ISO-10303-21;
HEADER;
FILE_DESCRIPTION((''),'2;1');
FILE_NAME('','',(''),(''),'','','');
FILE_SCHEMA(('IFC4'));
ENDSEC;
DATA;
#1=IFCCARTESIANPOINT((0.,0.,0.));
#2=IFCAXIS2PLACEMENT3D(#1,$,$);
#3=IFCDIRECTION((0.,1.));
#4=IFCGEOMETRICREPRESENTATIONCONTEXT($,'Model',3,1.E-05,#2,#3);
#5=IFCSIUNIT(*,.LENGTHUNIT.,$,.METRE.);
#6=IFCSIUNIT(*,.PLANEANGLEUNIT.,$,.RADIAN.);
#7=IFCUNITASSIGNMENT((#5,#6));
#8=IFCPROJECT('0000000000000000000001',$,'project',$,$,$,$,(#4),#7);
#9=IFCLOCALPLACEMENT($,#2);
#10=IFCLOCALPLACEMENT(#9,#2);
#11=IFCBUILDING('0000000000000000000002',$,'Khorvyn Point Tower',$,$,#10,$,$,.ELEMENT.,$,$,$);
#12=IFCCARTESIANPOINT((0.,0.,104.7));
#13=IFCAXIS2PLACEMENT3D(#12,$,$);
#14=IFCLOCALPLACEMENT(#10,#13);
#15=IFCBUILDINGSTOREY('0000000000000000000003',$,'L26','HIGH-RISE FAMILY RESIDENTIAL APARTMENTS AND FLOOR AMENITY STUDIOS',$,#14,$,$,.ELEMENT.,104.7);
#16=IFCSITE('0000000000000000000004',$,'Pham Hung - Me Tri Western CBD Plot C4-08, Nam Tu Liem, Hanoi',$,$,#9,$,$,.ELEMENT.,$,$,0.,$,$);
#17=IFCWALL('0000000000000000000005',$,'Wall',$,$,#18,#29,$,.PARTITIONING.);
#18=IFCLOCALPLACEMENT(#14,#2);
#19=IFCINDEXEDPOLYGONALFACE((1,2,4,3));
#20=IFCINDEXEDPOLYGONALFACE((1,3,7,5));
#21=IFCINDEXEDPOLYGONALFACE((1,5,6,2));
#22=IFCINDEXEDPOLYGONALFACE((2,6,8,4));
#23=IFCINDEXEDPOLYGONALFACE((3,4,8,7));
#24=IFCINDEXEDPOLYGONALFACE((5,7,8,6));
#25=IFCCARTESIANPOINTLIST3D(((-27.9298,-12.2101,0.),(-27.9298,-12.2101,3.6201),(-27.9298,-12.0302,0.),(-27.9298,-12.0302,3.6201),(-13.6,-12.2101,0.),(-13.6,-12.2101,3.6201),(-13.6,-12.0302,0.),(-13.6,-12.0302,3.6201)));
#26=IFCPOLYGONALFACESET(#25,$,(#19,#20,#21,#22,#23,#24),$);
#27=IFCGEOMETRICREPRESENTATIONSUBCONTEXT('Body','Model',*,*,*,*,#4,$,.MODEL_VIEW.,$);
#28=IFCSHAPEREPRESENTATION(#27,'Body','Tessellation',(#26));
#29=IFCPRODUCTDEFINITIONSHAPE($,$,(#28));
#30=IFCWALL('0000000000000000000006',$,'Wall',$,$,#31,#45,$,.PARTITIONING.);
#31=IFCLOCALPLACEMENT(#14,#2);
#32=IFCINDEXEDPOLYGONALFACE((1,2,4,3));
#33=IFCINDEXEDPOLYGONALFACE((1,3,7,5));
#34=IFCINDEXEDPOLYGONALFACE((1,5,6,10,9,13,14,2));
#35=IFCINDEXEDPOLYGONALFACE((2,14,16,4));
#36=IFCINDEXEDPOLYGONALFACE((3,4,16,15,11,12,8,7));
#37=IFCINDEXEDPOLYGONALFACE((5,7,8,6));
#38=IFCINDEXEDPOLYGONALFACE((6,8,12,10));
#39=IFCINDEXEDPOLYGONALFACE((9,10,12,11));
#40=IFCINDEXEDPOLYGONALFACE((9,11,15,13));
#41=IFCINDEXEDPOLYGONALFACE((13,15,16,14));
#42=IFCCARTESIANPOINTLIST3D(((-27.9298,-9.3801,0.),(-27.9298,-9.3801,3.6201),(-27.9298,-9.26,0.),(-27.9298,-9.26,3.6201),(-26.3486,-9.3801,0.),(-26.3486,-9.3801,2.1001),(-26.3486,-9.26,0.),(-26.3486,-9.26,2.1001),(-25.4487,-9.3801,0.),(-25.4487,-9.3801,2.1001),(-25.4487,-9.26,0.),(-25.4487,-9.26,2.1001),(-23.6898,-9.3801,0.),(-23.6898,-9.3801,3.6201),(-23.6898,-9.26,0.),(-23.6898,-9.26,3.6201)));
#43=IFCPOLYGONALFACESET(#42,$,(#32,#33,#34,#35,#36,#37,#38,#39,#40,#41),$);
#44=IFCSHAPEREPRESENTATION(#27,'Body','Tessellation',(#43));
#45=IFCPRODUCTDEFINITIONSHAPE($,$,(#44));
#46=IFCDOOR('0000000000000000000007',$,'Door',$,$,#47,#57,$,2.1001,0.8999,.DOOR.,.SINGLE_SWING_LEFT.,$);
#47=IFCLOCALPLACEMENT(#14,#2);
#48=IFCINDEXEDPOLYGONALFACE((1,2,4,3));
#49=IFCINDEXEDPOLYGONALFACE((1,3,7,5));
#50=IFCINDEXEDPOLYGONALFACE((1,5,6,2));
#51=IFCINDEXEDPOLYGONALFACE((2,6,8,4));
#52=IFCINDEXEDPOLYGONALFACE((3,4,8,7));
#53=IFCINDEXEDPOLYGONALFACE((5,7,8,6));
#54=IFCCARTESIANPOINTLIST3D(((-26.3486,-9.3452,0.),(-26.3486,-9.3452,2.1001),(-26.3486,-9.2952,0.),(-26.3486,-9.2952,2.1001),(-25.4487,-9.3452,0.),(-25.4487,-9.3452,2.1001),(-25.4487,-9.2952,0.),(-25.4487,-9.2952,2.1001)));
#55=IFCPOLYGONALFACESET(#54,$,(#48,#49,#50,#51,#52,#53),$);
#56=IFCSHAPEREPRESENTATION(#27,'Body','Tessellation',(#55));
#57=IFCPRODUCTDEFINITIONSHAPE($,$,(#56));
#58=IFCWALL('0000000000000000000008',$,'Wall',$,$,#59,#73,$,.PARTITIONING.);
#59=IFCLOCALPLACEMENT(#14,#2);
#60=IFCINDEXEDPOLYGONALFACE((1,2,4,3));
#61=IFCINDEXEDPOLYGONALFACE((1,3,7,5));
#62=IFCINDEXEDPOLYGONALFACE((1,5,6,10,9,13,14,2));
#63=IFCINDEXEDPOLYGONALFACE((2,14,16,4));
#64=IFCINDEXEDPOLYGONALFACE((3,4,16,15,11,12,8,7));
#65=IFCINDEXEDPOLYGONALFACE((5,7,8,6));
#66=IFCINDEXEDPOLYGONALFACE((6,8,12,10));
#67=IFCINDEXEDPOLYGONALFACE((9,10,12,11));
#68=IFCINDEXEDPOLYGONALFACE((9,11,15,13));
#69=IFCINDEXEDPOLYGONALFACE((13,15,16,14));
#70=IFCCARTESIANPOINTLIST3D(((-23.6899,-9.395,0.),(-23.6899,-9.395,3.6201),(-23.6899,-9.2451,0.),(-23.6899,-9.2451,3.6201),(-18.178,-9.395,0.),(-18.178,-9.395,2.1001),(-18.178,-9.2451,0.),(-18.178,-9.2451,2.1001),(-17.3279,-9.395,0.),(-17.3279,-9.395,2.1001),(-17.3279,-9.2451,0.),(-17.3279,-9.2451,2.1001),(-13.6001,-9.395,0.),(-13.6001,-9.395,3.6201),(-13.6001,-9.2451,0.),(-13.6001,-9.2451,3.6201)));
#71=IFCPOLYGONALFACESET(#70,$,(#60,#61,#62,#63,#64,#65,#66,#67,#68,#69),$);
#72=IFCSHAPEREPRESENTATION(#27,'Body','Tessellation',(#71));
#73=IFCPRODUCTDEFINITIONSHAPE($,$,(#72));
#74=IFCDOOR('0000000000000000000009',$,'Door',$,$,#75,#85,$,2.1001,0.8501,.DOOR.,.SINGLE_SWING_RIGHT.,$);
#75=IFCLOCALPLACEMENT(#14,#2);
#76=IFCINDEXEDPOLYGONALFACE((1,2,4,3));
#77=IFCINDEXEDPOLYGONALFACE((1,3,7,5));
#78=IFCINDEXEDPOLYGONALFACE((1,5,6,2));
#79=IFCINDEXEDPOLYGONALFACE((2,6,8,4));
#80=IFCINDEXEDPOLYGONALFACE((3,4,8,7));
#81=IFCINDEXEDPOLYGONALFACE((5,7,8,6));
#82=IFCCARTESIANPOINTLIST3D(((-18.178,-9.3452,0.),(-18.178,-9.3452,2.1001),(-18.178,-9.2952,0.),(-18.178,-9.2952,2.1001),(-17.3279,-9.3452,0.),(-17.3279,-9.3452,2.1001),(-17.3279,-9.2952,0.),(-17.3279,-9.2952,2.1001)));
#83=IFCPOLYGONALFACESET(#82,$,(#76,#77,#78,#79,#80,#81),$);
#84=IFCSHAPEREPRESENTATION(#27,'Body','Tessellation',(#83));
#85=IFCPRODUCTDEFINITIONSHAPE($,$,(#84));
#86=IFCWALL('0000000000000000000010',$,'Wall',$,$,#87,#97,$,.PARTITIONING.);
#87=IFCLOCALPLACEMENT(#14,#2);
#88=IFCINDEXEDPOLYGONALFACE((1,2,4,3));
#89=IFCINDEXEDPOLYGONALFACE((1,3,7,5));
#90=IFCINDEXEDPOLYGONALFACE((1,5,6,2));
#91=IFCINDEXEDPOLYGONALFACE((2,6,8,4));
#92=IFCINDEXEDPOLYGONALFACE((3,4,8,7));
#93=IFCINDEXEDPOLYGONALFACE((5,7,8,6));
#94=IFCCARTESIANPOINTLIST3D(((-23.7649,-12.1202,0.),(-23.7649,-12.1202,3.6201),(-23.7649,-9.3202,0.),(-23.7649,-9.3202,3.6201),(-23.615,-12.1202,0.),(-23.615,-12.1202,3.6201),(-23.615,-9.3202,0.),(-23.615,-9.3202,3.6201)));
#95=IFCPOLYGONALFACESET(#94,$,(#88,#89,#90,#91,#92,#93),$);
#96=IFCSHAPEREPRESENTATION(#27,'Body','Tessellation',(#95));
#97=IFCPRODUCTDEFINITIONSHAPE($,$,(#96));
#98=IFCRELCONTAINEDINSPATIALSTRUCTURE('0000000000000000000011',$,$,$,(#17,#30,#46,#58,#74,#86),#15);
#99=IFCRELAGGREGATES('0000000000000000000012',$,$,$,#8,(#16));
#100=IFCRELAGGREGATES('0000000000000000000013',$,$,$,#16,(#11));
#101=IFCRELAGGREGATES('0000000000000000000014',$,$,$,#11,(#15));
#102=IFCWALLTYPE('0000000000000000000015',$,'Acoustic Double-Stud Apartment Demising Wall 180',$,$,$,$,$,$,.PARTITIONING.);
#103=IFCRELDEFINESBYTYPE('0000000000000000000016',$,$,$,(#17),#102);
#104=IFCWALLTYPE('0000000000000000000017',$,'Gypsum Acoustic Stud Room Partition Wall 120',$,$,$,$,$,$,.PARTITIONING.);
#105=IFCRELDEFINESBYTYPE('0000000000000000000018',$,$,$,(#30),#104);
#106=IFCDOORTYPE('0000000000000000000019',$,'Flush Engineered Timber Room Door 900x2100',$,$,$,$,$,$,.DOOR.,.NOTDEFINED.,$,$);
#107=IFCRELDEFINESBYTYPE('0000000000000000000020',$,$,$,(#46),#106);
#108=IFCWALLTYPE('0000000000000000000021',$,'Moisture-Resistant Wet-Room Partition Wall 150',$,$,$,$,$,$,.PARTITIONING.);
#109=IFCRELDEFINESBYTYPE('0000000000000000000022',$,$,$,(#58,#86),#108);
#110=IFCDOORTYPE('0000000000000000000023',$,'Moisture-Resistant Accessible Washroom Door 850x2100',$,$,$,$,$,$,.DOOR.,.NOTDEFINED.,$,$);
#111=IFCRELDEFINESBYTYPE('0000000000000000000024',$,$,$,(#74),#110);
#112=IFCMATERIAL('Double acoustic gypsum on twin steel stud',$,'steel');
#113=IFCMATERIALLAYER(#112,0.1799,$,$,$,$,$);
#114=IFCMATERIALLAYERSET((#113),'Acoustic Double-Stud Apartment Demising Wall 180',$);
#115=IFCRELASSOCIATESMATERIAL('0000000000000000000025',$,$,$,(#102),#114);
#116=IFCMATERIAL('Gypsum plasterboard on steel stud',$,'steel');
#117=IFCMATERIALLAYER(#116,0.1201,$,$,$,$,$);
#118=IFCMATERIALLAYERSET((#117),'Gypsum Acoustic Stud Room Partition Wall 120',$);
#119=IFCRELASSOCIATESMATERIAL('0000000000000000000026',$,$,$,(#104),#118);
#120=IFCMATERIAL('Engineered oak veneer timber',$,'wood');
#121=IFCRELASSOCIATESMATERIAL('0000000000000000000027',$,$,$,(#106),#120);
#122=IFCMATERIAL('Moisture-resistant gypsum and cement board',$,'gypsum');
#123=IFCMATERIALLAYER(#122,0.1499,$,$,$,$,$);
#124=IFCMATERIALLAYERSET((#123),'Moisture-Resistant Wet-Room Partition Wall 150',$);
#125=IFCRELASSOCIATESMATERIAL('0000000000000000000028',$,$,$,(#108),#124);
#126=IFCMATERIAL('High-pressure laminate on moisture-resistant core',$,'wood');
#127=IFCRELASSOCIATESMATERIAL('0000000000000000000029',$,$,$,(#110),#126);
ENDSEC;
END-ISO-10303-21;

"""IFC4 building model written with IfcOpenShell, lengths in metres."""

from ifc_helpers import new_model, si_unit, direction, frame, frame_2d, origin, place, context, subcontext, project, spatial, rectangle, extrude, material, layer, layer_set, type_object, element, fill, save


model = new_model("IFC4")

# Units and contexts
model_context = context("Model", 3, precision=1e-05, world=origin(), true_north=direction((0.0, 1.0)))
body_context = subcontext(model_context, "Body", "Model", "MODEL_VIEW")
ifc_project = project(units=[si_unit("LENGTHUNIT", "METRE"), si_unit("PLANEANGLEUNIT", "RADIAN")], contexts=[model_context])

# Site, building, storey
site_placement = place(None, origin())
site = spatial("IfcSite", under=ifc_project, at=site_placement, Name="Pham Hung - Me Tri Western CBD Plot C4-08, Nam Tu Liem, Hanoi", CompositionType="ELEMENT", RefElevation=0.0)
building_placement = place(site_placement, origin())
building = spatial("IfcBuilding", under=site, at=building_placement, Name="Khorvyn Point Tower", CompositionType="ELEMENT")
storey_placement = place(building_placement, frame((0.0, 0.0, 104.7)))
storey = spatial("IfcBuildingStorey", under=building, at=storey_placement, Name="L26", Description="HIGH-RISE FAMILY RESIDENTIAL APARTMENTS AND FLOOR AMENITY STUDIOS", CompositionType="ELEMENT", Elevation=104.7)

# Wall
ifc_material_1 = material(Name="Double acoustic gypsum on twin steel stud", Category="steel")
ifc_layer_1 = layer(ifc_material_1, 0.1799)
ifc_layer_set_1 = layer_set([ifc_layer_1], Name="Acoustic Double-Stud Apartment Demising Wall 180")
wall_type_1 = type_object("IfcWallType", Name="Acoustic Double-Stud Apartment Demising Wall 180", PredefinedType="PARTITIONING", material=ifc_layer_set_1)
wall_1_placement = place(storey_placement, frame((-27.9299, -12.1201, 0.0), z_axis=(0.0, 0.0, 1.0), x_axis=(1.0, 0.0, 0.0)))
element("IfcWall", 1, at=wall_1_placement, inside=storey, type_object=wall_type_1, Name="Wall", PredefinedType="PARTITIONING", context=body_context, shape_type="SweptSolid", body=[
    extrude(rectangle(XDim=14.3298, YDim=0.1799, at=frame_2d((7.165, 0.0))), origin(), (0.0, 0.0, 1.0), 3.6201),
])

# Walls, openings, doors
ifc_material_2 = material(Name="Gypsum plasterboard on steel stud", Category="steel")
ifc_layer_2 = layer(ifc_material_2, 0.1201)
ifc_layer_set_2 = layer_set([ifc_layer_2], Name="Gypsum Acoustic Stud Room Partition Wall 120")
wall_type_2 = type_object("IfcWallType", Name="Gypsum Acoustic Stud Room Partition Wall 120", PredefinedType="PARTITIONING", material=ifc_layer_set_2)
wall_2_placement = place(storey_placement, frame((-27.9299, -9.3201, 0.0), z_axis=(0.0, 0.0, 1.0), x_axis=(1.0, 0.0, 0.0)))
wall_2 = element("IfcWall", 2, at=wall_2_placement, inside=storey, type_object=wall_type_2, Name="Wall", PredefinedType="PARTITIONING", context=body_context, shape_type="SweptSolid", body=[
    extrude(rectangle(XDim=4.24, YDim=0.1201, at=frame_2d((2.1201, 0.0))), origin(), (0.0, 0.0, 1.0), 3.6201),
])
opening_1_placement = place(wall_2_placement, frame((1.5813, 0.0, 0.0)))
opening_1 = element("IfcOpeningElement", 3, at=opening_1_placement, cuts=wall_2, PredefinedType="OPENING", context=body_context, shape_type="SweptSolid", body=[
    extrude(rectangle(XDim=0.8999, YDim=2.1001, at=frame_2d((0.45, 1.05))), frame((0.0, 0.0701, 0.0), z_axis=(0.0, -1.0, 0.0), x_axis=(1.0, 0.0, 0.0)), (0.0, 0.0, 1.0), 0.1401),
])
ifc_material_3 = material(Name="Engineered oak veneer timber", Category="wood")
door_type_1 = type_object("IfcDoorType", Name="Flush Engineered Timber Room Door 900x2100", OperationType="NOTDEFINED", PredefinedType="DOOR", material=ifc_material_3)
door_1_placement = place(opening_1_placement, origin())
door_1 = element("IfcDoor", 4, at=door_1_placement, inside=storey, type_object=door_type_1, Name="Door", OperationType="SINGLE_SWING_LEFT", OverallHeight=2.1001, OverallWidth=0.8999, PredefinedType="DOOR", context=body_context, shape_type="SweptSolid", body=[
    extrude(rectangle(XDim=0.8999, YDim=2.1001, at=frame_2d((0.45, 1.05))), frame((0.0, 0.0249, 0.0), z_axis=(0.0, -1.0, 0.0), x_axis=(1.0, 0.0, 0.0)), (0.0, 0.0, 1.0), 0.05),
])
fill(opening_1, door_1)
ifc_material_4 = material(Name="Moisture-resistant gypsum and cement board", Category="gypsum")
ifc_layer_3 = layer(ifc_material_4, 0.1499)
ifc_layer_set_3 = layer_set([ifc_layer_3], Name="Moisture-Resistant Wet-Room Partition Wall 150")
wall_type_3 = type_object("IfcWallType", Name="Moisture-Resistant Wet-Room Partition Wall 150", PredefinedType="PARTITIONING", material=ifc_layer_set_3)
wall_3_placement = place(storey_placement, frame((-23.6899, -9.3201, 0.0), z_axis=(0.0, 0.0, 1.0), x_axis=(1.0, 0.0, 0.0)))
wall_3 = element("IfcWall", 5, at=wall_3_placement, inside=storey, type_object=wall_type_3, Name="Wall", PredefinedType="PARTITIONING", context=body_context, shape_type="SweptSolid", body=[
    extrude(rectangle(XDim=10.0898, YDim=0.1499, at=frame_2d((5.0449, 0.0))), origin(), (0.0, 0.0, 1.0), 3.6201),
])
opening_2_placement = place(wall_3_placement, frame((5.512, 0.0, 0.0)))
opening_2 = element("IfcOpeningElement", 6, at=opening_2_placement, cuts=wall_3, PredefinedType="OPENING", context=body_context, shape_type="SweptSolid", body=[
    extrude(rectangle(XDim=0.8501, YDim=2.1001, at=frame_2d((0.425, 1.05))), frame((0.0, 0.085, 0.0), z_axis=(0.0, -1.0, 0.0), x_axis=(1.0, 0.0, 0.0)), (0.0, 0.0, 1.0), 0.1699),
])
ifc_material_5 = material(Name="High-pressure laminate on moisture-resistant core", Category="wood")
door_type_2 = type_object("IfcDoorType", Name="Moisture-Resistant Accessible Washroom Door 850x2100", OperationType="NOTDEFINED", PredefinedType="DOOR", material=ifc_material_5)
door_2_placement = place(opening_2_placement, origin())
door_2 = element("IfcDoor", 7, at=door_2_placement, inside=storey, type_object=door_type_2, Name="Door", OperationType="SINGLE_SWING_RIGHT", OverallHeight=2.1001, OverallWidth=0.8501, PredefinedType="DOOR", context=body_context, shape_type="SweptSolid", body=[
    extrude(rectangle(XDim=0.8501, YDim=2.1001, at=frame_2d((0.425, 1.05))), frame((0.0, 0.0249, 0.0), z_axis=(0.0, -1.0, 0.0), x_axis=(1.0, 0.0, 0.0)), (0.0, 0.0, 1.0), 0.05),
])
fill(opening_2, door_2)

# Wall
wall_4_placement = place(storey_placement, frame((-23.6899, -12.1201, 0.0), z_axis=(0.0, 0.0, 1.0), x_axis=(0.0, 1.0, 0.0)))
element("IfcWall", 8, at=wall_4_placement, inside=storey, type_object=wall_type_3, Name="Wall", PredefinedType="PARTITIONING", context=body_context, shape_type="SweptSolid", body=[
    extrude(rectangle(XDim=2.8, YDim=0.1499, at=frame_2d((1.3999, 0.0))), origin(), (0.0, 0.0, 1.0), 3.6201),
])

save(model, "model.ifc")
